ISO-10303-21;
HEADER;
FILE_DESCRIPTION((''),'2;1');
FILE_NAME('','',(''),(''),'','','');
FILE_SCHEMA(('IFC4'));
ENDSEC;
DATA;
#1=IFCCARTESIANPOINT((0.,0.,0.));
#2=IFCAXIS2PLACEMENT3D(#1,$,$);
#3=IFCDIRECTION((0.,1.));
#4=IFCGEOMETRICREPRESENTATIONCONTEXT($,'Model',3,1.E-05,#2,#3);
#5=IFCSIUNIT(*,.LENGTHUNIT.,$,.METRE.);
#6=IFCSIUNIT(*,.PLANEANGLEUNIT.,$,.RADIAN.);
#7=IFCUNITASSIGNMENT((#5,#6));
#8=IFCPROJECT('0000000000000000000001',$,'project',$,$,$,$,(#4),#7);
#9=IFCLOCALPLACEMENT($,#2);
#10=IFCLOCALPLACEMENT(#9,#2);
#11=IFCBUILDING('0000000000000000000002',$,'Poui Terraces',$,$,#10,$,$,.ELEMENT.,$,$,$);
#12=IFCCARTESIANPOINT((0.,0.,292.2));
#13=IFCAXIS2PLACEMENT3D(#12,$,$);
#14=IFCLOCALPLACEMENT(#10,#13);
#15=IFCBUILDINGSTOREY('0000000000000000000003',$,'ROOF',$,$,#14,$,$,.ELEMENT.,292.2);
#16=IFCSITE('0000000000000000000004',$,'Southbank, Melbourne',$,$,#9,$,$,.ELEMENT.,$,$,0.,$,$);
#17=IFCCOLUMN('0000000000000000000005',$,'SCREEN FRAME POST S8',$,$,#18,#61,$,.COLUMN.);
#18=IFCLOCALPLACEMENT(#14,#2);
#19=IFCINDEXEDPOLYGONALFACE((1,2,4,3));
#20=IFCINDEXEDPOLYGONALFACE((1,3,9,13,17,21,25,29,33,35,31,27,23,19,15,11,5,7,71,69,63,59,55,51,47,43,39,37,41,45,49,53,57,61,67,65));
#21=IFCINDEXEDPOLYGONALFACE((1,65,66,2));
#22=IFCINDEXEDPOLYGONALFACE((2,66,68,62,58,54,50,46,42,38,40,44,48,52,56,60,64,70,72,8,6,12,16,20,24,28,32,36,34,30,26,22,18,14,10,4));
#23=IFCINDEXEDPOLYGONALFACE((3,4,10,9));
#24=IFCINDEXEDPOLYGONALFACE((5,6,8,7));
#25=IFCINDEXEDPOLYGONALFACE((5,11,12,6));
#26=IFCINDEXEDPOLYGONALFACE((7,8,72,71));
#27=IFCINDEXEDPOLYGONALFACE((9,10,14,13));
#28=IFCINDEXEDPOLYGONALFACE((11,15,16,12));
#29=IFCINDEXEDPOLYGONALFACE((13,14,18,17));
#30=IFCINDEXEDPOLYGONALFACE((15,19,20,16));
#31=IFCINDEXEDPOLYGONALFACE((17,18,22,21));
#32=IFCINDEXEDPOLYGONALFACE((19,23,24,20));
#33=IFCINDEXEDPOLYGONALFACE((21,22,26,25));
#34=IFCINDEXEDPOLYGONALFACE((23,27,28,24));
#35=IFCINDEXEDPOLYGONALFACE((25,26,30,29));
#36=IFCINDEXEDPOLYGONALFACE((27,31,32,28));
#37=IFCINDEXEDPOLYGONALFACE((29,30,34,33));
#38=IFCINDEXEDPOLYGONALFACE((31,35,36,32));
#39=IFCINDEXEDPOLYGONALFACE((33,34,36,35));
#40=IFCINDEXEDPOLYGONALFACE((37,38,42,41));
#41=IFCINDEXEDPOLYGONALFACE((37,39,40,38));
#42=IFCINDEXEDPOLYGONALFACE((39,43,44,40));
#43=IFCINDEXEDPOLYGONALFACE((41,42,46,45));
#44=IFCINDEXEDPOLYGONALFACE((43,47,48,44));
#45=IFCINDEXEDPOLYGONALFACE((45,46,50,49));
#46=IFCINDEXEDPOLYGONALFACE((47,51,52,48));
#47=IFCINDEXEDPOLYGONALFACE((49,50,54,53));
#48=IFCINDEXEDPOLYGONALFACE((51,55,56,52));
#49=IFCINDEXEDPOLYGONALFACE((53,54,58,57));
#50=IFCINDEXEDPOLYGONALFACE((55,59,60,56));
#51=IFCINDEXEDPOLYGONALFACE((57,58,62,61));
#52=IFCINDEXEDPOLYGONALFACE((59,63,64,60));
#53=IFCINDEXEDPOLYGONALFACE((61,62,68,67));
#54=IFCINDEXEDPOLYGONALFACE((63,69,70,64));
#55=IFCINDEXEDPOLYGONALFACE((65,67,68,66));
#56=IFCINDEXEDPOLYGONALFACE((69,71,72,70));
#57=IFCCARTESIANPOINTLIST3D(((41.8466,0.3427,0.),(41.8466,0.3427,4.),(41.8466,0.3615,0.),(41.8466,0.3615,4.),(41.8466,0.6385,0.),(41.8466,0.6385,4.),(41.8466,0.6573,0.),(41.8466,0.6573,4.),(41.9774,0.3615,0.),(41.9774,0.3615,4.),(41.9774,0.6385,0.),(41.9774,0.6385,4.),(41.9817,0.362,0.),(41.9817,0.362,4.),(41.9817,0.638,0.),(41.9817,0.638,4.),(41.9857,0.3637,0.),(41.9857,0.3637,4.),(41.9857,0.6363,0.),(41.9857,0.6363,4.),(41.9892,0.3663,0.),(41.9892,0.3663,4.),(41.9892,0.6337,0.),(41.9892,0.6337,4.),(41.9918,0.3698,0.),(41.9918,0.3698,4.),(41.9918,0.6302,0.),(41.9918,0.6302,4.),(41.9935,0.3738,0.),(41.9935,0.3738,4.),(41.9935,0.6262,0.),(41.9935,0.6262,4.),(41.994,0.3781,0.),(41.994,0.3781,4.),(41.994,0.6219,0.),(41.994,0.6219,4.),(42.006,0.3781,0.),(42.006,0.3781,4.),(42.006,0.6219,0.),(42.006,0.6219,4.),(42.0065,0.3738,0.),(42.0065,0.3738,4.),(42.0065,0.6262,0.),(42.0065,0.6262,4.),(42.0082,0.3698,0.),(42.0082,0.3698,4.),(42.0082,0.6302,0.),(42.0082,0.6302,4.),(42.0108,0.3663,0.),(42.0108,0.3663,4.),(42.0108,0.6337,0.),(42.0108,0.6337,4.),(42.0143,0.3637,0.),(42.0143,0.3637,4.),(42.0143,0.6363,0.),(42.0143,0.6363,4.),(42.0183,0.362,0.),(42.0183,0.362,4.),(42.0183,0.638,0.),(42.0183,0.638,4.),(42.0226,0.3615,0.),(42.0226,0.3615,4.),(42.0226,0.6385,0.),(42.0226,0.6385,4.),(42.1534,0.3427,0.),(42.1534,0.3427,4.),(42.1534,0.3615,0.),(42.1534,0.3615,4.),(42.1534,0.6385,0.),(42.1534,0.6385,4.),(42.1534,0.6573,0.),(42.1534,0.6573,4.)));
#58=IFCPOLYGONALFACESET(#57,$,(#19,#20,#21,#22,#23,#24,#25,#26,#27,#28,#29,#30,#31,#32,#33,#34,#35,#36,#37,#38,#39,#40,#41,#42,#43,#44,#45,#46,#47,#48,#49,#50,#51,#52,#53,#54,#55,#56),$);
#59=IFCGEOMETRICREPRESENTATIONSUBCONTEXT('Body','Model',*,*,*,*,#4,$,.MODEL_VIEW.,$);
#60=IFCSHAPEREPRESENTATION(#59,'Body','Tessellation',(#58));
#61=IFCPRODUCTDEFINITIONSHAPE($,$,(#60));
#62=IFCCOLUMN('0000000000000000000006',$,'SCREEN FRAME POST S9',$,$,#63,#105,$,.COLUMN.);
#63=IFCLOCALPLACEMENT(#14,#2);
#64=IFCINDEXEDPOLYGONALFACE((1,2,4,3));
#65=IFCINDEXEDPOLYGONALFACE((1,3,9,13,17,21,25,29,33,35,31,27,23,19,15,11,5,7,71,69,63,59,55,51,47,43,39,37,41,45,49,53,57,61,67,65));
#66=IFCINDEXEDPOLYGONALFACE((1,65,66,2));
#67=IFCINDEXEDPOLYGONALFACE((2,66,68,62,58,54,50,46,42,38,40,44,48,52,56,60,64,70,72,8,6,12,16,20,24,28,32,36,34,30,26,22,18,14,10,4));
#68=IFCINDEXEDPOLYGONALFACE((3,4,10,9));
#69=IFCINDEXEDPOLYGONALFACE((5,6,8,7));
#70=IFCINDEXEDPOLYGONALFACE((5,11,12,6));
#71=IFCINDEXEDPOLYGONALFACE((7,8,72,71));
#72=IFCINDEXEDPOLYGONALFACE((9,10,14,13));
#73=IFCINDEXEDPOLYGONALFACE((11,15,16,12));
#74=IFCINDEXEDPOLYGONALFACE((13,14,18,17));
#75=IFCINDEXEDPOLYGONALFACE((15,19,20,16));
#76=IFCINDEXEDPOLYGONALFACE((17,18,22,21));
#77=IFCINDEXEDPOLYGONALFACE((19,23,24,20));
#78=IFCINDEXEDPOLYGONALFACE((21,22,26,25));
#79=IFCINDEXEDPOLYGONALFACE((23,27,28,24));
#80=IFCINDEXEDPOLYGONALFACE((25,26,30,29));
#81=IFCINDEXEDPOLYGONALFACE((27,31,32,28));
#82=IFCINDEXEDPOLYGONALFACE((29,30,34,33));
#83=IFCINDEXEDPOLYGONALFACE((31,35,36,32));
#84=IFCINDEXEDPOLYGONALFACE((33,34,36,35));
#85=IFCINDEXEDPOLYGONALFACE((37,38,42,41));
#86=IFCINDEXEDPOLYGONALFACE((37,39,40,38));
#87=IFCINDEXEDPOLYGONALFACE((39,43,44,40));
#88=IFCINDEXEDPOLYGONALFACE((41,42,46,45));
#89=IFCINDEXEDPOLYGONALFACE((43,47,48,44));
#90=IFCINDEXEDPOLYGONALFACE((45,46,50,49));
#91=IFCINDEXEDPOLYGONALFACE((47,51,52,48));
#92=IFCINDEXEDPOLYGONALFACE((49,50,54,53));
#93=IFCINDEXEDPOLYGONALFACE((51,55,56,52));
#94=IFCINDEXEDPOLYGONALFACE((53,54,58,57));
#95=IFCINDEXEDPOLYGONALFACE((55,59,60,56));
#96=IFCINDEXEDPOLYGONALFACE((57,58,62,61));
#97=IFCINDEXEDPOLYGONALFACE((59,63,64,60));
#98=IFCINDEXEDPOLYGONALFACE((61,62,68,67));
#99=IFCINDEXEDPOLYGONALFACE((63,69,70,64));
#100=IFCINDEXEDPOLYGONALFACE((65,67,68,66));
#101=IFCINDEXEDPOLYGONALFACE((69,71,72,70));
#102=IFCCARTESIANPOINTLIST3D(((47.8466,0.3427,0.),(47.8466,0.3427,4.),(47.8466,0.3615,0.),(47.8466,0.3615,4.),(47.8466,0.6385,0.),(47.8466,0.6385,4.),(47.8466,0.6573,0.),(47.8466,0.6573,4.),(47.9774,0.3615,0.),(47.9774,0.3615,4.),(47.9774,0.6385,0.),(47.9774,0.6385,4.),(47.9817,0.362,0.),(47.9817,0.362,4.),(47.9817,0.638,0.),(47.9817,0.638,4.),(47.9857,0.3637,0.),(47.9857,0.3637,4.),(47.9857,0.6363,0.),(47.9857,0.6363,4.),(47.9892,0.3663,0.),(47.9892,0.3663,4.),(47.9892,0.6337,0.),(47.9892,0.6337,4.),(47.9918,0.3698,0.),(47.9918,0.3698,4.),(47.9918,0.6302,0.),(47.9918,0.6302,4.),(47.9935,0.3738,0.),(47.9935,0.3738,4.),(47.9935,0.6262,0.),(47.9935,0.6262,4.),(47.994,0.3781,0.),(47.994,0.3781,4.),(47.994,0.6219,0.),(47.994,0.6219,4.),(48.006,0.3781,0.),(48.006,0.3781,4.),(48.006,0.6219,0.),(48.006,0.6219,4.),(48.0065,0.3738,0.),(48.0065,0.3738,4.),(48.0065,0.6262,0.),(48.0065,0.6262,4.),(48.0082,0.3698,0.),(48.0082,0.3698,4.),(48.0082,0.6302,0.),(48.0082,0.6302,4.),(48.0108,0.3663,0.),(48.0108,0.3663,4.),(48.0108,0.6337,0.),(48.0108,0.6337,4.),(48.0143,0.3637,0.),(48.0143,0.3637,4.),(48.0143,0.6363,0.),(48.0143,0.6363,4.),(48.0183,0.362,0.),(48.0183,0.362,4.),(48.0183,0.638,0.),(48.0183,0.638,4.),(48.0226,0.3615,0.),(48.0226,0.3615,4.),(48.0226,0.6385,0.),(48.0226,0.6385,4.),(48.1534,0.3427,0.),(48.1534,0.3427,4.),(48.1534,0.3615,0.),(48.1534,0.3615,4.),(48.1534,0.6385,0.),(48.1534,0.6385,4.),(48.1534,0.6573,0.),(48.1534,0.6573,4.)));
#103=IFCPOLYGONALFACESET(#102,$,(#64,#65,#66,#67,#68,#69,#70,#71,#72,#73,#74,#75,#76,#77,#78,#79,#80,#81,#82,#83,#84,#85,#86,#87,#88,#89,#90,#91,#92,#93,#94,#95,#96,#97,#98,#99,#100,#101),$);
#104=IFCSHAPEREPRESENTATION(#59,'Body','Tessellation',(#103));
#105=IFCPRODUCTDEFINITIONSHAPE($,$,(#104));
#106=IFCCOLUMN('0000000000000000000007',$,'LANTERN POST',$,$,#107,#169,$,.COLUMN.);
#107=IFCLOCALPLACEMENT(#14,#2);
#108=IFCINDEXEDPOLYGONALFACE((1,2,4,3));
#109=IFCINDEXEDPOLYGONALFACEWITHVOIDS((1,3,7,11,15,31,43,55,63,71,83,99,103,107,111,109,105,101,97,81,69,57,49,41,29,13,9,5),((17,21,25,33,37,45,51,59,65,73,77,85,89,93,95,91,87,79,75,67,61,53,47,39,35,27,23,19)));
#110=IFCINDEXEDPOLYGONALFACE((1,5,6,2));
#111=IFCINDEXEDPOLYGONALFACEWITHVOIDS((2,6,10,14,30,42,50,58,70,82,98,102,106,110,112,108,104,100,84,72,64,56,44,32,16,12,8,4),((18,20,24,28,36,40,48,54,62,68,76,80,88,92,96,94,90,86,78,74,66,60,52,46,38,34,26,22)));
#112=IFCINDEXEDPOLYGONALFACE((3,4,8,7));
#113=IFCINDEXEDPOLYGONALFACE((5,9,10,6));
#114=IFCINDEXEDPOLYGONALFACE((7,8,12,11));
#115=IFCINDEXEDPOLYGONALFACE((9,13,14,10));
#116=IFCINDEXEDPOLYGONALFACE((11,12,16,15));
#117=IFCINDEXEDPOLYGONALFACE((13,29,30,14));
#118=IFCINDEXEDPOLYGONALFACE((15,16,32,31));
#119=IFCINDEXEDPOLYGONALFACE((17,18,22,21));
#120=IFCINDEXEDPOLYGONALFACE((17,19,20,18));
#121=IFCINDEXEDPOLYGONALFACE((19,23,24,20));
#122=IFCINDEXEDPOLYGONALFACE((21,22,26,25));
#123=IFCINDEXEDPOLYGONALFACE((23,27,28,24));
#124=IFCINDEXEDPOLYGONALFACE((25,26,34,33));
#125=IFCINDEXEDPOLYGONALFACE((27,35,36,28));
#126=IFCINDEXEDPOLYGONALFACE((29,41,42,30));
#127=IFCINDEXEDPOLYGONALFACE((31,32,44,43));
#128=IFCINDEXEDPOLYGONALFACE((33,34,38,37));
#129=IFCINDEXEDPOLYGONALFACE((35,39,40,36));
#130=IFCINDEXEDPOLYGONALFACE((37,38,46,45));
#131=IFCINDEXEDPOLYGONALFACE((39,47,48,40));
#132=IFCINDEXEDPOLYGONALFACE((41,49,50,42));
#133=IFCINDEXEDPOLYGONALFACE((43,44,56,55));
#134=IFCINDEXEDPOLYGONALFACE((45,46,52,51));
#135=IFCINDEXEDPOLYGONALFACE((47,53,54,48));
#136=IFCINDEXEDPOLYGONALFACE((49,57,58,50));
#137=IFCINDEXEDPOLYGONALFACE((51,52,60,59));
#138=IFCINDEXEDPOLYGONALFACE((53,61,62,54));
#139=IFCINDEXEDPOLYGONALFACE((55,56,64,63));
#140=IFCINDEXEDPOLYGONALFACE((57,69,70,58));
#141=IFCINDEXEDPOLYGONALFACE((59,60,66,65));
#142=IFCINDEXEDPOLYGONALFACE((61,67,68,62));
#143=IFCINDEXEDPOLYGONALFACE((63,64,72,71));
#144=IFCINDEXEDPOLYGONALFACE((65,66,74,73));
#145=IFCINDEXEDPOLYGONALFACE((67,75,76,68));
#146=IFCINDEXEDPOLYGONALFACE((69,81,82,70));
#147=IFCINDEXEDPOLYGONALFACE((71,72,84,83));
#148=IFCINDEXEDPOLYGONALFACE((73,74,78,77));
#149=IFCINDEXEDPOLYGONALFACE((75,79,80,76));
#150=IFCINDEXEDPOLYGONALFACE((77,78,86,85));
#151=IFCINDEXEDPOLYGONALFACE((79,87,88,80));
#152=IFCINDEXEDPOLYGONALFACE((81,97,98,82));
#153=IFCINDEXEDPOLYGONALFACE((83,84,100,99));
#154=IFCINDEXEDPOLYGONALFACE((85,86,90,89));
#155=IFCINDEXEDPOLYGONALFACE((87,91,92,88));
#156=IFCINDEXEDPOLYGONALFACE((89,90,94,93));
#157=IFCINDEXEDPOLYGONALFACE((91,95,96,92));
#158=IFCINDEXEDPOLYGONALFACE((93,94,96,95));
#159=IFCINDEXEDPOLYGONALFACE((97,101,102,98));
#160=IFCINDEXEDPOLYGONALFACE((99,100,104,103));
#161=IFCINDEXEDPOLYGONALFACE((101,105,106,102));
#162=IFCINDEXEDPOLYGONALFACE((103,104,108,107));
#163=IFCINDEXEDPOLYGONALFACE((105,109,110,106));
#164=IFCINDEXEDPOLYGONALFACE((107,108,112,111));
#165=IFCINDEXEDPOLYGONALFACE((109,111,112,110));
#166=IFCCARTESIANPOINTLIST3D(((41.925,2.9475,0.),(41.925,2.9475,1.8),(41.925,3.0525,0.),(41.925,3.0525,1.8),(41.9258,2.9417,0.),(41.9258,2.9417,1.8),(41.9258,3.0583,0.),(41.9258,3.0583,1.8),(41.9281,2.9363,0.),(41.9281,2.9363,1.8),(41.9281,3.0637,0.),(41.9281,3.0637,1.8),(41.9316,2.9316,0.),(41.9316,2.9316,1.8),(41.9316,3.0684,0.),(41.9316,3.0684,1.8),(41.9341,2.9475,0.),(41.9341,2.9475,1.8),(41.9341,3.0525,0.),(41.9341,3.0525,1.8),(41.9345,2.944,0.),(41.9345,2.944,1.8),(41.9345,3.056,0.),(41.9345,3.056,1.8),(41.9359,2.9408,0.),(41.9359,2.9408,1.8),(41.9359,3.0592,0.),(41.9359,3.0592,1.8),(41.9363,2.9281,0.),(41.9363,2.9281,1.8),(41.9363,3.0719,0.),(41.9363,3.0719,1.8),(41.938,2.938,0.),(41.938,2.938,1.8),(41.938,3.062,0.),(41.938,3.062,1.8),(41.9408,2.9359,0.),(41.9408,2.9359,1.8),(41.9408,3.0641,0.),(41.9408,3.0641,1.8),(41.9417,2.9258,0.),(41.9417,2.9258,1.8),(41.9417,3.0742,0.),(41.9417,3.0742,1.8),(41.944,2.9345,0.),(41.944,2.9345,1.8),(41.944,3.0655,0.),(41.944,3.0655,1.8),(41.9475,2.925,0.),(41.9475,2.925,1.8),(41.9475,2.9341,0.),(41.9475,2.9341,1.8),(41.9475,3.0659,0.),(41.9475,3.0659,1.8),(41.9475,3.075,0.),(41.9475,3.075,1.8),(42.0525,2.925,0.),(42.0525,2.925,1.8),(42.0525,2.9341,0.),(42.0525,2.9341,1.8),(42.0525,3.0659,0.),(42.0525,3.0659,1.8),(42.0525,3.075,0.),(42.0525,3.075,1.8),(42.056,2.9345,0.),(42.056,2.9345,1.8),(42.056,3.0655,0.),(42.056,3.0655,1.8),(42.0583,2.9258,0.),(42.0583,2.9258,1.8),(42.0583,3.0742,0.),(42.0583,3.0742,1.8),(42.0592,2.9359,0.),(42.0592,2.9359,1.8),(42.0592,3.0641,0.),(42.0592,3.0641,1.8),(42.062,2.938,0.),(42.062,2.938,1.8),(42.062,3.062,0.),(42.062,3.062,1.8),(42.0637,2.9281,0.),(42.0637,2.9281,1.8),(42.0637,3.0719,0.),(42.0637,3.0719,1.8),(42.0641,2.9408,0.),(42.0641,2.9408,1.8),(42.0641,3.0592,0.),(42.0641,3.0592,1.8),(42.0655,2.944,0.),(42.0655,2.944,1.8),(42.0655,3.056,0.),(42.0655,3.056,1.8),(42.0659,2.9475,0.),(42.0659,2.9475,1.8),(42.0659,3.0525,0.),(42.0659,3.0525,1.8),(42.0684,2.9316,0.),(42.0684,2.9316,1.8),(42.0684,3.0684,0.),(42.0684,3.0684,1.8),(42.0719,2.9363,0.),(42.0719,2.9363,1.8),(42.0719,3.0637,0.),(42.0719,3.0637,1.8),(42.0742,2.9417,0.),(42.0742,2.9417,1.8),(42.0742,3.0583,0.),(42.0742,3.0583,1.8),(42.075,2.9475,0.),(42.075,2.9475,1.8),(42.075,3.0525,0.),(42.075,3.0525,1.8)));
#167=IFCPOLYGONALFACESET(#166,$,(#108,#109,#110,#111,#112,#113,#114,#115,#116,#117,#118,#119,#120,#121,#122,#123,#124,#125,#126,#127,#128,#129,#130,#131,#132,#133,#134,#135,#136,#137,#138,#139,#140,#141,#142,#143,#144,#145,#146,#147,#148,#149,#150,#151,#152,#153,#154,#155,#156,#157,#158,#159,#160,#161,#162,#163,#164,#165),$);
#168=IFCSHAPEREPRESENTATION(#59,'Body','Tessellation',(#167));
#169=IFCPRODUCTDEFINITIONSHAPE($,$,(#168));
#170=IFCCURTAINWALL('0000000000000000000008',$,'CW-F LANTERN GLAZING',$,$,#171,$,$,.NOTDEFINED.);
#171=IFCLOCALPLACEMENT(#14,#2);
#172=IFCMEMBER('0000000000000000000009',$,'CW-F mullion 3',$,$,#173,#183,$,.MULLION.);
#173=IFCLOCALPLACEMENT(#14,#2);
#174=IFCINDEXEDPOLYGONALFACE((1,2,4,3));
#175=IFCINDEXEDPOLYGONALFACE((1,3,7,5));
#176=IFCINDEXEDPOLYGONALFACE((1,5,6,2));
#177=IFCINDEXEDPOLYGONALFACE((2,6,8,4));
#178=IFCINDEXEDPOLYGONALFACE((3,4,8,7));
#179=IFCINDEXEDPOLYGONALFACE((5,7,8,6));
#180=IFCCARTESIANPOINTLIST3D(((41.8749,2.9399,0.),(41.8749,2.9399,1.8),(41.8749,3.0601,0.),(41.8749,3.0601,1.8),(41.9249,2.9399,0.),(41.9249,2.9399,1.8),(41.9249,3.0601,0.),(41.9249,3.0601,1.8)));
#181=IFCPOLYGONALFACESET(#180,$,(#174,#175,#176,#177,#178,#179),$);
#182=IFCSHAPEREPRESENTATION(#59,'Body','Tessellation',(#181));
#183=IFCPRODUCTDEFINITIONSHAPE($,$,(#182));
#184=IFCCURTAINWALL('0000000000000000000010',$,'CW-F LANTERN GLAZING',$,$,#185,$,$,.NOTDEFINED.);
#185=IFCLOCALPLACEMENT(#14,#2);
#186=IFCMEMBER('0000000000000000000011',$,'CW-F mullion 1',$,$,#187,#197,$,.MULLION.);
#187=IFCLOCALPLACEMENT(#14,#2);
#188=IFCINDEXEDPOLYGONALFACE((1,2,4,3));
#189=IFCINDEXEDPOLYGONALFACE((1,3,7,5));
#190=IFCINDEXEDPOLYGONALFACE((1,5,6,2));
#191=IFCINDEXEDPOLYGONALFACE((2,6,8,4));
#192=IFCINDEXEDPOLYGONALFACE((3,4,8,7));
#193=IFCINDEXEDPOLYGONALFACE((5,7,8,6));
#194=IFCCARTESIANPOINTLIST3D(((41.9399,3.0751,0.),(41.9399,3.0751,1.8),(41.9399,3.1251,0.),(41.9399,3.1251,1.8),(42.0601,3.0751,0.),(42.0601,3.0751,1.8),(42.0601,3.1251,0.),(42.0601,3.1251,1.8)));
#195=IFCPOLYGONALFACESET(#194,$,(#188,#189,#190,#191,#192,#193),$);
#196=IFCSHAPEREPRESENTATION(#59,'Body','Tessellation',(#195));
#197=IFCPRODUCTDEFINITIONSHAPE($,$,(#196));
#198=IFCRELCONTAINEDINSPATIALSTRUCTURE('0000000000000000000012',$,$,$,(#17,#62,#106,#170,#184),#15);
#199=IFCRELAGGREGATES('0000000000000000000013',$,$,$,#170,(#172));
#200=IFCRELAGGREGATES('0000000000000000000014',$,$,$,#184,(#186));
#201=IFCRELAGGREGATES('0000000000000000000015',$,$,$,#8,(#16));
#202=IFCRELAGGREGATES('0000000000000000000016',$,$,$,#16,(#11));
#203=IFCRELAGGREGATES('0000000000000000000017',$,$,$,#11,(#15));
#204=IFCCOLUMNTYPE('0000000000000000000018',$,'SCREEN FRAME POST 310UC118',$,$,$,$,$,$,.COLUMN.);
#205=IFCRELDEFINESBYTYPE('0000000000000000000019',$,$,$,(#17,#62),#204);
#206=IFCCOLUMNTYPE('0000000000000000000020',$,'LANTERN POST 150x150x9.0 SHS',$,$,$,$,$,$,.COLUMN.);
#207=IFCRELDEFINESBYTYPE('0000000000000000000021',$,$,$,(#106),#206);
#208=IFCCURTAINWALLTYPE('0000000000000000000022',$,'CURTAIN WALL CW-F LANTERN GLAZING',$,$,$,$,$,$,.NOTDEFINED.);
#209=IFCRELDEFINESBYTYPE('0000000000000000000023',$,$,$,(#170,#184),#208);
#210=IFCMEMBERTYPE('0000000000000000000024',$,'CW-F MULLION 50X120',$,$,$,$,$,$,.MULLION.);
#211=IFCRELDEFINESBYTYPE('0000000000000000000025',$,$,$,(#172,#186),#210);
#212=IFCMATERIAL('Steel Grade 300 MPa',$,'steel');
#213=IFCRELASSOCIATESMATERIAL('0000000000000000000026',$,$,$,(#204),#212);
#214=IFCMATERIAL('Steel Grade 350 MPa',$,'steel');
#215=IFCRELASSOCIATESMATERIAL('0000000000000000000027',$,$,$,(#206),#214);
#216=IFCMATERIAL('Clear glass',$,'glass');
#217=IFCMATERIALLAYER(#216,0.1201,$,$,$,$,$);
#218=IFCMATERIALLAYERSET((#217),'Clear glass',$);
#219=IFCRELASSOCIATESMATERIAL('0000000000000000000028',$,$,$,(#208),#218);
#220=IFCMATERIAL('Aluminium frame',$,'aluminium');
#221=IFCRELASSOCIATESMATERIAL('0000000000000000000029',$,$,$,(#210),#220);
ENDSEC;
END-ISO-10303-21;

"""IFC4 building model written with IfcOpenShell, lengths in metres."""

from ifc_helpers import new_model, si_unit, direction, frame, origin, origin_2d, place, context, subcontext, project, spatial, rectangle, hollow_rectangle, i_section, extrude, source, transform, mapped, material, layer, layer_set, material_profile, profile_set, type_object, element, aggregate, save


model = new_model("IFC4")

# Units and contexts
model_context = context("Model", 3, precision=1e-05, world=origin(), true_north=direction((0.0, 1.0)))
body_context = subcontext(model_context, "Body", "Model", "MODEL_VIEW")
ifc_project = project(units=[si_unit("LENGTHUNIT", "METRE"), si_unit("PLANEANGLEUNIT", "RADIAN")], contexts=[model_context])

# Site, building, storey
site_placement = place(None, origin())
site = spatial("IfcSite", under=ifc_project, at=site_placement, Name="Southbank, Melbourne", CompositionType="ELEMENT", RefElevation=0.0)
building_placement = place(site_placement, origin())
building = spatial("IfcBuilding", under=site, at=building_placement, Name="Poui Terraces", CompositionType="ELEMENT")
storey_placement = place(building_placement, frame((0.0, 0.0, 292.2)))
storey = spatial("IfcBuildingStorey", under=building, at=storey_placement, Name="ROOF", CompositionType="ELEMENT", Elevation=292.2)

# Columns
ifc_material_1 = material(Name="Steel Grade 300 MPa", Category="steel")
ifc_material_profile_1 = material_profile(ifc_material_1, i_section(OverallWidth=0.3069, OverallDepth=0.3147, WebThickness=0.012, FlangeThickness=0.0188, FilletRadius=0.0166, at=origin_2d()), Name="310UC118")
ifc_profile_set_1 = profile_set([ifc_material_profile_1], Name="Steel Grade 300 MPa")
column_type_1 = type_object("IfcColumnType", Name="SCREEN FRAME POST 310UC118", PredefinedType="COLUMN", material=ifc_profile_set_1)
shared_shape_1 = source(origin(), body_context, "Body", "SweptSolid", [
    extrude(i_section(OverallWidth=0.3069, OverallDepth=0.3147, WebThickness=0.012, FlangeThickness=0.0188, FilletRadius=0.0166, at=origin_2d()), origin(), (0.0, 0.0, 1.0), 4.0),
])
for number, where, z_axis, x_axis, name in (
    (1, (42.0, 0.5, 0.0), (0.0, 0.0, 1.0), (1.0, 0.0, 0.0), "SCREEN FRAME POST S8"),
    (2, (48.0, 0.5, 0.0), (0.0, 0.0, 1.0), (1.0, 0.0, 0.0), "SCREEN FRAME POST S9"),
):
    element("IfcColumn", number, at=place(storey_placement, frame(where, z_axis=z_axis, x_axis=x_axis)), inside=storey, type_object=column_type_1, Name=name, PredefinedType="COLUMN", context=body_context, shape_type="MappedRepresentation", body=[
        mapped(shared_shape_1, transform((0.0, 0.0, 0.0))),
    ])
ifc_material_2 = material(Name="Steel Grade 350 MPa", Category="steel")
ifc_material_profile_2 = material_profile(ifc_material_2, hollow_rectangle(XDim=0.1499, YDim=0.1499, WallThickness=0.009, InnerFilletRadius=0.0134, OuterFilletRadius=0.0225, at=origin_2d()), Name="150x150x9.0 SHS")
ifc_profile_set_2 = profile_set([ifc_material_profile_2], Name="Steel Grade 350 MPa")
column_type_2 = type_object("IfcColumnType", Name="LANTERN POST 150x150x9.0 SHS", PredefinedType="COLUMN", material=ifc_profile_set_2)
shared_shape_2 = source(origin(), body_context, "Body", "SweptSolid", [
    extrude(hollow_rectangle(XDim=0.1499, YDim=0.1499, WallThickness=0.009, InnerFilletRadius=0.0134, OuterFilletRadius=0.0225, at=origin_2d()), origin(), (0.0, 0.0, 1.0), 1.8),
])
column_placement = place(storey_placement, frame((42.0, 3.0, 0.0), z_axis=(0.0, 0.0, 1.0), x_axis=(1.0, 0.0, 0.0)))
element("IfcColumn", 3, at=column_placement, inside=storey, type_object=column_type_2, Name="LANTERN POST", PredefinedType="COLUMN", context=body_context, shape_type="MappedRepresentation", body=[
    mapped(shared_shape_2, transform((0.0, 0.0, 0.0))),
])

# Curtain wall, member
ifc_material_3 = material(Name="Clear glass", Category="glass")
ifc_layer_1 = layer(ifc_material_3, 0.1201)
ifc_layer_set_1 = layer_set([ifc_layer_1], Name="Clear glass")
curtain_wall_type = type_object("IfcCurtainWallType", Name="CURTAIN WALL CW-F LANTERN GLAZING", PredefinedType="NOTDEFINED", material=ifc_layer_set_1)
curtain_wall_1_placement = place(storey_placement, origin())
curtain_wall_1 = element("IfcCurtainWall", 4, at=curtain_wall_1_placement, inside=storey, type_object=curtain_wall_type, Name="CW-F LANTERN GLAZING", PredefinedType="NOTDEFINED")
ifc_material_4 = material(Name="Aluminium frame", Category="aluminium")
ifc_material_profile_3 = material_profile(ifc_material_4, rectangle(XDim=0.1201, YDim=0.05, at=origin_2d()), Name="CW-F MULLION 50X120")
ifc_profile_set_3 = profile_set([ifc_material_profile_3], Name="Aluminium frame")
member_type_1 = type_object("IfcMemberType", Name="CW-F MULLION 50X120", PredefinedType="MULLION", material=ifc_profile_set_3)
member_1_placement = place(storey_placement, frame((41.8999, 3.0, 0.0), z_axis=(0.0, 0.0, 1.0), x_axis=(0.0, 1.0, 0.0)))
member_1 = element("IfcMember", 5, at=member_1_placement, type_object=member_type_1, Name="CW-F mullion 3", PredefinedType="MULLION", context=body_context, shape_type="SweptSolid", body=[
    extrude(rectangle(XDim=0.1201, YDim=0.05, at=origin_2d()), origin(), (0.0, 0.0, 1.0), 1.8),
])

# Curtain wall, member
curtain_wall_2_placement = place(storey_placement, origin())
curtain_wall_2 = element("IfcCurtainWall", 6, at=curtain_wall_2_placement, inside=storey, type_object=curtain_wall_type, Name="CW-F LANTERN GLAZING", PredefinedType="NOTDEFINED")
member_2_placement = place(storey_placement, frame((42.0, 3.1001, 0.0), z_axis=(0.0, 0.0, 1.0), x_axis=(-1.0, 0.0, 0.0)))
member_2 = element("IfcMember", 7, at=member_2_placement, type_object=member_type_1, Name="CW-F mullion 1", PredefinedType="MULLION", context=body_context, shape_type="SweptSolid", body=[
    extrude(rectangle(XDim=0.1201, YDim=0.05, at=origin_2d()), origin(), (0.0, 0.0, 1.0), 1.8),
])

aggregate(curtain_wall_1, [member_1])
aggregate(curtain_wall_2, [member_2])

save(model, "model.ifc")
